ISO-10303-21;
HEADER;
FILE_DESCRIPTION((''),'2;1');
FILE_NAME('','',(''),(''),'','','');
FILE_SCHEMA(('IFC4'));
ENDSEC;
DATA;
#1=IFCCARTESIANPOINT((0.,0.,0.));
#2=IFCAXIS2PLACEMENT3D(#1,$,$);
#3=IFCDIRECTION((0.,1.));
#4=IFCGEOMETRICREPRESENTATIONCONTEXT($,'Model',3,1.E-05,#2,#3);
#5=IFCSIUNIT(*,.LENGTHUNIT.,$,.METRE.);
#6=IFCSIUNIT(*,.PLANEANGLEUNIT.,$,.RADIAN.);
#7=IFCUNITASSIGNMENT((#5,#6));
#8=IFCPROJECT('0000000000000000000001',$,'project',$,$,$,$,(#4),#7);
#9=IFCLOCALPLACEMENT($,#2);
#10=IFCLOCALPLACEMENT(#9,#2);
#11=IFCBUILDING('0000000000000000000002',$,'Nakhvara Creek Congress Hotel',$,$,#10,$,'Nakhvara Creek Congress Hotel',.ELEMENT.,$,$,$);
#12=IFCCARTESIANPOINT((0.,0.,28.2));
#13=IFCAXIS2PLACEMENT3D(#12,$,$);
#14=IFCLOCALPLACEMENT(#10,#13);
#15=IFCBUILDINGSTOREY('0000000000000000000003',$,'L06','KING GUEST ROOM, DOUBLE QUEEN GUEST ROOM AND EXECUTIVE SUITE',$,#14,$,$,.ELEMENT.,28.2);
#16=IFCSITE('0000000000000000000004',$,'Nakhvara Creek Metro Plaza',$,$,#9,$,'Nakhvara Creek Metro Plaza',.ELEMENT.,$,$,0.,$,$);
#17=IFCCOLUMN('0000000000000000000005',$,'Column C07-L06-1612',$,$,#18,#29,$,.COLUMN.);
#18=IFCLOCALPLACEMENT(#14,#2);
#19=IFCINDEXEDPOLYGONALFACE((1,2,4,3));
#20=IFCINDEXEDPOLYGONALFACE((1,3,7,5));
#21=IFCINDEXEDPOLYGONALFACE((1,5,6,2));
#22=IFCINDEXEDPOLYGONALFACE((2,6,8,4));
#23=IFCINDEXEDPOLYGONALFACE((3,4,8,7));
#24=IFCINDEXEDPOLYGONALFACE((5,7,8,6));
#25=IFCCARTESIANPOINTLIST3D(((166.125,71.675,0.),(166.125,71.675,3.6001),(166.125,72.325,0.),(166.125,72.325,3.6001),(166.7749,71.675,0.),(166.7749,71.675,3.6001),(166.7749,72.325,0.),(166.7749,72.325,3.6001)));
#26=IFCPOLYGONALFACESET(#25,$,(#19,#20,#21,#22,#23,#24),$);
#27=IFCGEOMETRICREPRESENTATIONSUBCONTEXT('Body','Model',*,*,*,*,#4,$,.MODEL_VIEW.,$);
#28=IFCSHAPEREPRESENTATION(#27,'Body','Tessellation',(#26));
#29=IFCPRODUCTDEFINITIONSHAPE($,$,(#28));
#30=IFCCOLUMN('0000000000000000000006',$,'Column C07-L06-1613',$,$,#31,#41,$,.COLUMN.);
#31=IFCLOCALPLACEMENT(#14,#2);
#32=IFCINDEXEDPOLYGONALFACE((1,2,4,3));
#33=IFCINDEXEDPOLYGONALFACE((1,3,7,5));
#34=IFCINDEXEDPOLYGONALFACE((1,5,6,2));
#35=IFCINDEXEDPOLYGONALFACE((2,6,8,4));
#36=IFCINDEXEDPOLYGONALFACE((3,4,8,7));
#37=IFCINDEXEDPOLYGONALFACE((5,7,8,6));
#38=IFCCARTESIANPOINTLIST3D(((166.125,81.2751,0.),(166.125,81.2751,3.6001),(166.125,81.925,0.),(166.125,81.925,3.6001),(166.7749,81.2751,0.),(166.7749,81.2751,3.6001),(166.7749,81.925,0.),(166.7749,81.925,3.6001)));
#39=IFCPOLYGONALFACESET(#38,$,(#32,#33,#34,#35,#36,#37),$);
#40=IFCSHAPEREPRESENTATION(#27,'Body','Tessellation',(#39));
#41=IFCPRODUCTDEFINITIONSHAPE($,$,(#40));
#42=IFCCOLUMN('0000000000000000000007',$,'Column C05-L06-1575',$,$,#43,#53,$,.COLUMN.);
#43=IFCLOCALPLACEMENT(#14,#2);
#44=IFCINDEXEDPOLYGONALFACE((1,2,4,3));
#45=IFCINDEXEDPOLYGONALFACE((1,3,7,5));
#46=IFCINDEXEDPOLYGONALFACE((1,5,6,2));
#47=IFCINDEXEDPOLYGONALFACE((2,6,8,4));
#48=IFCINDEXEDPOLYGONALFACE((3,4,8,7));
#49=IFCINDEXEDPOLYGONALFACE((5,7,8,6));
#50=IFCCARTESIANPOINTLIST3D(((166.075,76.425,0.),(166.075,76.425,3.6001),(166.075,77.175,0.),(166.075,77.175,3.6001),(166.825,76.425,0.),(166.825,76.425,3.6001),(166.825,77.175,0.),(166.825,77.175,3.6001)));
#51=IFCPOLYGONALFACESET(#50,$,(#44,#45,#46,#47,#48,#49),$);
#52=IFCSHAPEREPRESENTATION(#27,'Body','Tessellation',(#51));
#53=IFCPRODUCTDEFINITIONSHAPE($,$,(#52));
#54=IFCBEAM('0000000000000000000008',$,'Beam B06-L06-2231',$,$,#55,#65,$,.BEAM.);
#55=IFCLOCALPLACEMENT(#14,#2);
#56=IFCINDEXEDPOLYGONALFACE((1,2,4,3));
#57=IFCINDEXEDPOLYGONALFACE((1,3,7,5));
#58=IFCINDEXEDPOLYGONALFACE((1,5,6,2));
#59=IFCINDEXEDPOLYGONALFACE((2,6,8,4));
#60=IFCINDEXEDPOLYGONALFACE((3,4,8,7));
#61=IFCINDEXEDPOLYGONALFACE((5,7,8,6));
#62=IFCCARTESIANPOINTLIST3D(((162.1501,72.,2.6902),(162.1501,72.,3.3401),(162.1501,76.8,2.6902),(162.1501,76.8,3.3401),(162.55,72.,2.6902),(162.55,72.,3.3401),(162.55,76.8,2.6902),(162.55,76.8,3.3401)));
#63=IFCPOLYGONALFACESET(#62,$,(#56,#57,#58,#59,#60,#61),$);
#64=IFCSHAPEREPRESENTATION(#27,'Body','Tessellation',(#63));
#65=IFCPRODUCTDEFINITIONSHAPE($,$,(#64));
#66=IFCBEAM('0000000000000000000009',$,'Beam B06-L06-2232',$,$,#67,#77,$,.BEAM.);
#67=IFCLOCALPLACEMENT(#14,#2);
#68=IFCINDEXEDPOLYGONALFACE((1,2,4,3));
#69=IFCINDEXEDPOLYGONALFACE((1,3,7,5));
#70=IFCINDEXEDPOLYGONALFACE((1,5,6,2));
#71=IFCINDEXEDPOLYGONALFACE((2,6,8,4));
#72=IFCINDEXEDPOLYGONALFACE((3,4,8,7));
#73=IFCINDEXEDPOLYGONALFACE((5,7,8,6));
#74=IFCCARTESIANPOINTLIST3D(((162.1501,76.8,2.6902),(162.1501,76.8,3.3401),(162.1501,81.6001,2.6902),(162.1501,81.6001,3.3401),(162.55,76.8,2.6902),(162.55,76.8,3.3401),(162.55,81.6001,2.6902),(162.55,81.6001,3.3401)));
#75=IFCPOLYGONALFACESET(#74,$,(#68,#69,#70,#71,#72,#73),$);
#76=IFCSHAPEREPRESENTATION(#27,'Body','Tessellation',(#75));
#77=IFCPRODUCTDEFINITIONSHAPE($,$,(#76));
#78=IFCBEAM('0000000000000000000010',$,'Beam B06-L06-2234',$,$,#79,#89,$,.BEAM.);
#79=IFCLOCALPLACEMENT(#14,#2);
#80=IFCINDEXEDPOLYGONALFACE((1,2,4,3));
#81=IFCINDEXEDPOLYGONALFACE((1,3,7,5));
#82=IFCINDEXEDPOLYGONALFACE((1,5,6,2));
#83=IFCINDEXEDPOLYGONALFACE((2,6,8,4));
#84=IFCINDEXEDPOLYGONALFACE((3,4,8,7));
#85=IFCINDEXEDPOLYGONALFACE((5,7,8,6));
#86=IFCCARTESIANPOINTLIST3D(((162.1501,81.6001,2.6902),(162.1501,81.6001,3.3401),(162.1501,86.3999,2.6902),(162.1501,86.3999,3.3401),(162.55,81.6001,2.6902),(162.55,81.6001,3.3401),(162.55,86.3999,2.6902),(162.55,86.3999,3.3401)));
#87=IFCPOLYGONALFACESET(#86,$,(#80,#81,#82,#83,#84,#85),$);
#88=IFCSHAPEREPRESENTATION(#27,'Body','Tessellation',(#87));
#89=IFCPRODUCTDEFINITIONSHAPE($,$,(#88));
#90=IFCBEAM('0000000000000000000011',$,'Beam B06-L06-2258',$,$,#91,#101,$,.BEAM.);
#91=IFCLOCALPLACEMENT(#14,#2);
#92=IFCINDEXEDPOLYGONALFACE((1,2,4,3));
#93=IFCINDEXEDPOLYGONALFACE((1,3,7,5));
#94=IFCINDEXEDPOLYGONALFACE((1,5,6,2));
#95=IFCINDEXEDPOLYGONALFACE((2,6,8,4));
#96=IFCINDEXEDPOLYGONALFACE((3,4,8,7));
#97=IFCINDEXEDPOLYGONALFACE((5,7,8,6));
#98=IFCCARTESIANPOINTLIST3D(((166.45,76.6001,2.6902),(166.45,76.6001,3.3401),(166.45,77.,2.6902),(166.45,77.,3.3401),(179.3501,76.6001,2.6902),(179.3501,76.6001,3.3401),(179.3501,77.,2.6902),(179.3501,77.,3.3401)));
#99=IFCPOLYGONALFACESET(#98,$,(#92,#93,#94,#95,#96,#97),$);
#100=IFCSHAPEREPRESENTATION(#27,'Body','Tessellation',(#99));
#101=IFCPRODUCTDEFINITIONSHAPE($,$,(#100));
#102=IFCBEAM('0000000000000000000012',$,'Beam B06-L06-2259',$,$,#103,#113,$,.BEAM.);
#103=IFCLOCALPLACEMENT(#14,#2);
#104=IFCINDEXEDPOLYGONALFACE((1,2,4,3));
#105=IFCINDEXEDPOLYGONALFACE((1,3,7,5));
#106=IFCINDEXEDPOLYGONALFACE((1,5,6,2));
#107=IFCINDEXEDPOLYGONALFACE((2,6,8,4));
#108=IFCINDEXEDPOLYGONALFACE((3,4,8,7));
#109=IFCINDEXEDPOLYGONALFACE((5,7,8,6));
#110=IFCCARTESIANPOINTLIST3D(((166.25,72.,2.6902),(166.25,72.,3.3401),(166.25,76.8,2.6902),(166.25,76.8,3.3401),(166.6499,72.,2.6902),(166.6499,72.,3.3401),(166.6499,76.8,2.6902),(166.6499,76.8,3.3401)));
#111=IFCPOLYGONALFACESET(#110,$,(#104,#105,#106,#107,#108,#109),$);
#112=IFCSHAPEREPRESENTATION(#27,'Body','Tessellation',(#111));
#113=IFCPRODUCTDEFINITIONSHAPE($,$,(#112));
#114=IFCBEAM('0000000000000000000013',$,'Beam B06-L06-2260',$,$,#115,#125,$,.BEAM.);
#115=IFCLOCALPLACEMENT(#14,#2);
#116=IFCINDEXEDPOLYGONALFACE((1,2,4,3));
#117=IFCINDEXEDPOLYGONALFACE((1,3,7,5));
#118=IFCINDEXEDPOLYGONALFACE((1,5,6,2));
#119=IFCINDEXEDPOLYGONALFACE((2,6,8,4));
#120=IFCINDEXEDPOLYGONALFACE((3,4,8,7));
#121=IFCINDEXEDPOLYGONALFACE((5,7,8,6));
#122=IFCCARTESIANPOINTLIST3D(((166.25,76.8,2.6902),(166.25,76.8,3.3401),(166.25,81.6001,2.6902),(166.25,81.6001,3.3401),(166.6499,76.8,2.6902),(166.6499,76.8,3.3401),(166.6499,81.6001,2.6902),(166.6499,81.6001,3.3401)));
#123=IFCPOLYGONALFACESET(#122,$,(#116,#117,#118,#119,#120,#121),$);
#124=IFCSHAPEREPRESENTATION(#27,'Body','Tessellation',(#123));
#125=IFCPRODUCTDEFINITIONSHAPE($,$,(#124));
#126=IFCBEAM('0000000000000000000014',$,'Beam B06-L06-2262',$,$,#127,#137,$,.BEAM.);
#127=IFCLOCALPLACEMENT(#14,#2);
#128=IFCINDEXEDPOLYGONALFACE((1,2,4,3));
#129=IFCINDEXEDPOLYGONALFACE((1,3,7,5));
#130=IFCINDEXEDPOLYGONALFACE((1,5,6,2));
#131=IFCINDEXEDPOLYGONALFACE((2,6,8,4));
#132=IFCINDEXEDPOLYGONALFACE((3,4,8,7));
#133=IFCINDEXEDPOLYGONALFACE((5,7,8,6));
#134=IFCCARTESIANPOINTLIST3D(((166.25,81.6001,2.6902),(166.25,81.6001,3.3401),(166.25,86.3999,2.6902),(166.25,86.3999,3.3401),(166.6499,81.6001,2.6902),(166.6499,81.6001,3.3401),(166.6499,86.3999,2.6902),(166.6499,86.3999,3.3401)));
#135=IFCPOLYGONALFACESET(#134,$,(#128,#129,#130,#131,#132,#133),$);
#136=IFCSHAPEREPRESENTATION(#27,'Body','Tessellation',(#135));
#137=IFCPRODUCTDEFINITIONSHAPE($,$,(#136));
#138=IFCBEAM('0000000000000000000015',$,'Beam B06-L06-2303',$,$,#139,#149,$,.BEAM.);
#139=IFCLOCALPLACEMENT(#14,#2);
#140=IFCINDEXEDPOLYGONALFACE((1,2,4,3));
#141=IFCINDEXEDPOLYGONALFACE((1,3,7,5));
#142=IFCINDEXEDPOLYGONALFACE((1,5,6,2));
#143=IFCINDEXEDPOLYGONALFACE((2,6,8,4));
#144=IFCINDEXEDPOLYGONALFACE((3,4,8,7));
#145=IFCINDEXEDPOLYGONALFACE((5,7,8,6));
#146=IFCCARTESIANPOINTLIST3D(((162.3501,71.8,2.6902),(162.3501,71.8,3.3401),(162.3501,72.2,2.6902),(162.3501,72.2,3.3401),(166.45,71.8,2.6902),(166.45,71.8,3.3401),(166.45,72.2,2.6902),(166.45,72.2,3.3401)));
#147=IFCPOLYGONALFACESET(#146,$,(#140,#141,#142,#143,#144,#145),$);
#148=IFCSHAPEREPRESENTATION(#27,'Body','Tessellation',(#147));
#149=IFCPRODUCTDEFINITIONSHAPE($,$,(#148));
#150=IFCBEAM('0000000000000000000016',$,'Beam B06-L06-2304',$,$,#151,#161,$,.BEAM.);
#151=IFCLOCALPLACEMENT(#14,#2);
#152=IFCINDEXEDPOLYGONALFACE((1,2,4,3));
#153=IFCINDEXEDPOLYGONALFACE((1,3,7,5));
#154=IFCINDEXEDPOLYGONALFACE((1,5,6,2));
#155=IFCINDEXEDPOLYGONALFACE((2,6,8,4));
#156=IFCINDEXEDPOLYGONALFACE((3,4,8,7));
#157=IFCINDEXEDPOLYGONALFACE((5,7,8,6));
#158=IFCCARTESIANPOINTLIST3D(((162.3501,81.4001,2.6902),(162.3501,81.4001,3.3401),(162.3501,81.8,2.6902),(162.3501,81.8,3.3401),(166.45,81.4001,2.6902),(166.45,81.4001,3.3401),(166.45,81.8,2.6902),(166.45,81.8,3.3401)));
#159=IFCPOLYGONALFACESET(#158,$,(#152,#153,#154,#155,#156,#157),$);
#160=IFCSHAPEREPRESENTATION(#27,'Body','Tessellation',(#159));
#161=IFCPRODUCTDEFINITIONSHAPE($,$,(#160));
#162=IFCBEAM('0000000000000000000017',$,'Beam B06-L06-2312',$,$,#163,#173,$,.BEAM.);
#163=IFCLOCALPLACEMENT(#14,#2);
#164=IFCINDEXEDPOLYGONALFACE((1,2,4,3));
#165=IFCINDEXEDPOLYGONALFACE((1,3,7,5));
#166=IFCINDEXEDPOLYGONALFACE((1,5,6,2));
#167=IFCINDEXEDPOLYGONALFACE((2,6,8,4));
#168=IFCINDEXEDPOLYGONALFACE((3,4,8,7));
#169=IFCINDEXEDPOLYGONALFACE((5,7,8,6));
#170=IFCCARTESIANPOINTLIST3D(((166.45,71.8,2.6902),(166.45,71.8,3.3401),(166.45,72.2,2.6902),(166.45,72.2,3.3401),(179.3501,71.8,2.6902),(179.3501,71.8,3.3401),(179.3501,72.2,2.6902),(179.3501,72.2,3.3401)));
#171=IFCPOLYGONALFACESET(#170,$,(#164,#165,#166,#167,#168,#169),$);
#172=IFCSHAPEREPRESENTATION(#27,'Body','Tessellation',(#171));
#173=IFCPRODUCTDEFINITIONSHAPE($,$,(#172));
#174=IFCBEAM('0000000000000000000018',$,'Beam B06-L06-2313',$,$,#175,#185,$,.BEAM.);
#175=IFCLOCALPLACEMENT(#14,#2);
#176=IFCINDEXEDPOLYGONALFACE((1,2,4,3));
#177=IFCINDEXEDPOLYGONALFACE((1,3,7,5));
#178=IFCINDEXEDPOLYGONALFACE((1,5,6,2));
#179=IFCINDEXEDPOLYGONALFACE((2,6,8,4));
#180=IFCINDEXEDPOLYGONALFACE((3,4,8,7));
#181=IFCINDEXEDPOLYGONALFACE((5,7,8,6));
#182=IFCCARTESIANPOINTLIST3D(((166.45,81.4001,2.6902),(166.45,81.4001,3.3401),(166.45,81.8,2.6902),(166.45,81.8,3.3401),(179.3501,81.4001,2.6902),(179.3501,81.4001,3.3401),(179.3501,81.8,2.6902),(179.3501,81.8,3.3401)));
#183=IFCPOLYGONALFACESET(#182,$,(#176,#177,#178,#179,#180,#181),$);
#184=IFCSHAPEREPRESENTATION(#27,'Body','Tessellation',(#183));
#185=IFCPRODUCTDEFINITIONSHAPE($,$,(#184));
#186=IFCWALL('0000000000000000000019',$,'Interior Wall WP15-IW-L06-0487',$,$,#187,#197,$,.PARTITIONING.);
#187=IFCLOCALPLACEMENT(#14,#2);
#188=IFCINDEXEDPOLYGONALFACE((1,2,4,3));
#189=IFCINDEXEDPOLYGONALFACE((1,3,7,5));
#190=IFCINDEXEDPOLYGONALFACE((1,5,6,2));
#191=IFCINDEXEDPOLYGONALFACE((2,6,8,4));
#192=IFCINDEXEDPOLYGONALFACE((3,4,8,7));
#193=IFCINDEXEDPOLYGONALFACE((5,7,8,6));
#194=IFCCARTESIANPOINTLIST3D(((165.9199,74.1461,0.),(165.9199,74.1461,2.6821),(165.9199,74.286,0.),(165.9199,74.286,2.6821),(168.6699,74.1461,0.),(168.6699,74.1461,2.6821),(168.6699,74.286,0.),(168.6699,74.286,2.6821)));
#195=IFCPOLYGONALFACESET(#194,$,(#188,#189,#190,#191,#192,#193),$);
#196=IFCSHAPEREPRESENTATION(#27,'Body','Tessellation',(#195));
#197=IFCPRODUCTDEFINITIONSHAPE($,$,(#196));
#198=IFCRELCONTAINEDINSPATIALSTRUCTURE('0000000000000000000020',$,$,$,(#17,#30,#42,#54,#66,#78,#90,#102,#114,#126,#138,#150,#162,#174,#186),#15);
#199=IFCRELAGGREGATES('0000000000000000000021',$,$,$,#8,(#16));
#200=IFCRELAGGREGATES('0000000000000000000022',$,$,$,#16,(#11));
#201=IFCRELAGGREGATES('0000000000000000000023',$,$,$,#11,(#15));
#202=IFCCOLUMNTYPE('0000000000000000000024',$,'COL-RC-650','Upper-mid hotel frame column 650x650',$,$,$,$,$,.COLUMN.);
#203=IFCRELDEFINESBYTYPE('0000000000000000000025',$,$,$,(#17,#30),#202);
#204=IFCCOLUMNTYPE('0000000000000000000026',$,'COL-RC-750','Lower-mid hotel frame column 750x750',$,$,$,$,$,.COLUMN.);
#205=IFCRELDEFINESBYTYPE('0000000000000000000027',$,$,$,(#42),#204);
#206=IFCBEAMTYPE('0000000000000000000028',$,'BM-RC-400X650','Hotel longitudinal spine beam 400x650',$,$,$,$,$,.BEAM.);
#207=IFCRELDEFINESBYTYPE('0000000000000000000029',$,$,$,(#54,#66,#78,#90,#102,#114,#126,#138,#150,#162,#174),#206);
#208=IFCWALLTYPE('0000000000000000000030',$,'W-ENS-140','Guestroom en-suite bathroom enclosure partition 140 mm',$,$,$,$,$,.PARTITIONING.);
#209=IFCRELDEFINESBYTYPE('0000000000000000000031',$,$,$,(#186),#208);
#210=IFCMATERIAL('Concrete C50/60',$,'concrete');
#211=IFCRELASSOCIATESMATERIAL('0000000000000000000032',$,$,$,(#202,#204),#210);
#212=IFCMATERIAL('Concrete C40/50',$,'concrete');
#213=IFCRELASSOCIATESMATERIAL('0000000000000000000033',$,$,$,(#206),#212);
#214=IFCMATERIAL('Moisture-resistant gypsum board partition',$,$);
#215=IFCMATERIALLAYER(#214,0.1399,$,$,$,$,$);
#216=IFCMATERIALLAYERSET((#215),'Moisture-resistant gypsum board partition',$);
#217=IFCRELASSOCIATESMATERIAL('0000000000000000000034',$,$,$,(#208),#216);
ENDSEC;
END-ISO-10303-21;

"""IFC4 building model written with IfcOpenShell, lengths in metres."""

from ifc_helpers import new_model, si_unit, direction, frame, frame_2d, origin, origin_2d, place, context, subcontext, project, spatial, rectangle, extrude, material, layer, layer_set, material_profile, profile_set, type_object, element, save


model = new_model("IFC4")

# Units and contexts
model_context = context("Model", 3, precision=1e-05, world=origin(), true_north=direction((0.0, 1.0)))
body_context = subcontext(model_context, "Body", "Model", "MODEL_VIEW")
ifc_project = project(units=[si_unit("LENGTHUNIT", "METRE"), si_unit("PLANEANGLEUNIT", "RADIAN")], contexts=[model_context])

# Site, building, storey
site_placement = place(None, origin())
site = spatial("IfcSite", under=ifc_project, at=site_placement, Name="Nakhvara Creek Metro Plaza", LongName="Nakhvara Creek Metro Plaza", CompositionType="ELEMENT", RefElevation=0.0)
building_placement = place(site_placement, origin())
building = spatial("IfcBuilding", under=site, at=building_placement, Name="Nakhvara Creek Congress Hotel", LongName="Nakhvara Creek Congress Hotel", CompositionType="ELEMENT")
storey_placement = place(building_placement, frame((0.0, 0.0, 28.2)))
storey = spatial("IfcBuildingStorey", under=building, at=storey_placement, Name="L06", Description="KING GUEST ROOM, DOUBLE QUEEN GUEST ROOM AND EXECUTIVE SUITE", CompositionType="ELEMENT", Elevation=28.2)

# Columns
ifc_material_1 = material(Name="Concrete C50/60", Category="concrete")
ifc_material_profile_1 = material_profile(ifc_material_1, rectangle(XDim=0.6499, YDim=0.6499, at=origin_2d()), Name="RC-COL 650x650", Category="LoadBearing")
ifc_profile_set_1 = profile_set([ifc_material_profile_1], Name="Concrete C50/60")
column_type_1 = type_object("IfcColumnType", Name="COL-RC-650", Description="Upper-mid hotel frame column 650x650", PredefinedType="COLUMN", material=ifc_profile_set_1)
for number, where, z_axis, x_axis, name in (
    (1, (166.45, 72.0, 0.0), (0.0, 0.0, 1.0), (1.0, 0.0, 0.0), "Column C07-L06-1612"),
    (2, (166.45, 81.6001, 0.0), (0.0, 0.0, 1.0), (1.0, 0.0, 0.0), "Column C07-L06-1613"),
):
    element("IfcColumn", number, at=place(storey_placement, frame(where, z_axis=z_axis, x_axis=x_axis)), inside=storey, type_object=column_type_1, Name=name, PredefinedType="COLUMN", context=body_context, shape_type="SweptSolid", body=[
        extrude(rectangle(XDim=0.6499, YDim=0.6499, at=origin_2d()), origin(), (0.0, 0.0, 1.0), 3.6001),
    ])
ifc_material_profile_2 = material_profile(ifc_material_1, rectangle(XDim=0.75, YDim=0.75, at=origin_2d()), Name="RC-COL 750x750", Category="LoadBearing")
ifc_profile_set_2 = profile_set([ifc_material_profile_2], Name="Concrete C50/60")
column_type_2 = type_object("IfcColumnType", Name="COL-RC-750", Description="Lower-mid hotel frame column 750x750", PredefinedType="COLUMN", material=ifc_profile_set_2)
column_placement = place(storey_placement, frame((166.45, 76.8, 0.0), z_axis=(0.0, 0.0, 1.0), x_axis=(1.0, 0.0, 0.0)))
element("IfcColumn", 3, at=column_placement, inside=storey, type_object=column_type_2, Name="Column C05-L06-1575", PredefinedType="COLUMN", context=body_context, shape_type="SweptSolid", body=[
    extrude(rectangle(XDim=0.75, YDim=0.75, at=origin_2d()), origin(), (0.0, 0.0, 1.0), 3.6001),
])

# Beams
ifc_material_2 = material(Name="Concrete C40/50", Category="concrete")
ifc_material_profile_3 = material_profile(ifc_material_2, rectangle(XDim=0.3999, YDim=0.6499, at=origin_2d()), Name="RC-BM 400x650", Category="LoadBearing")
ifc_profile_set_3 = profile_set([ifc_material_profile_3], Name="Concrete C40/50")
beam_type = type_object("IfcBeamType", Name="BM-RC-400X650", Description="Hotel longitudinal spine beam 400x650", PredefinedType="BEAM", material=ifc_profile_set_3)
for number, where, z_axis, x_axis, name in (
    (4, (162.3501, 72.0, 3.0151), (0.0, 1.0, 0.0), (-1.0, 0.0, 0.0), "Beam B06-L06-2231"),
    (5, (162.3501, 76.8, 3.0151), (0.0, 1.0, 0.0), (-1.0, 0.0, 0.0), "Beam B06-L06-2232"),
):
    element("IfcBeam", number, at=place(storey_placement, frame(where, z_axis=z_axis, x_axis=x_axis)), inside=storey, type_object=beam_type, Name=name, PredefinedType="BEAM", context=body_context, shape_type="SweptSolid", body=[
        extrude(rectangle(XDim=0.3999, YDim=0.6499, at=origin_2d()), origin(), (0.0, 0.0, 1.0), 4.8),
    ])
beam_1_placement = place(storey_placement, frame((162.3501, 81.6001, 3.0151), z_axis=(0.0, 1.0, 0.0), x_axis=(-1.0, 0.0, 0.0)))
element("IfcBeam", 6, at=beam_1_placement, inside=storey, type_object=beam_type, Name="Beam B06-L06-2234", PredefinedType="BEAM", context=body_context, shape_type="SweptSolid", body=[
    extrude(rectangle(XDim=0.3999, YDim=0.6499, at=origin_2d()), origin(), (0.0, 0.0, 1.0), 4.7998),
])
beam_2_placement = place(storey_placement, frame((166.45, 76.8, 3.0151), z_axis=(1.0, 0.0, 0.0), x_axis=(0.0, 1.0, 0.0)))
element("IfcBeam", 7, at=beam_2_placement, inside=storey, type_object=beam_type, Name="Beam B06-L06-2258", PredefinedType="BEAM", context=body_context, shape_type="SweptSolid", body=[
    extrude(rectangle(XDim=0.3999, YDim=0.6499, at=origin_2d()), origin(), (0.0, 0.0, 1.0), 12.9001),
])
for number, where, z_axis, x_axis, name in (
    (8, (166.45, 72.0, 3.0151), (0.0, 1.0, 0.0), (-1.0, 0.0, 0.0), "Beam B06-L06-2259"),
    (9, (166.45, 76.8, 3.0151), (0.0, 1.0, 0.0), (-1.0, 0.0, 0.0), "Beam B06-L06-2260"),
):
    element("IfcBeam", number, at=place(storey_placement, frame(where, z_axis=z_axis, x_axis=x_axis)), inside=storey, type_object=beam_type, Name=name, PredefinedType="BEAM", context=body_context, shape_type="SweptSolid", body=[
        extrude(rectangle(XDim=0.3999, YDim=0.6499, at=origin_2d()), origin(), (0.0, 0.0, 1.0), 4.8),
    ])
beam_3_placement = place(storey_placement, frame((166.45, 81.6001, 3.0151), z_axis=(0.0, 1.0, 0.0), x_axis=(-1.0, 0.0, 0.0)))
element("IfcBeam", 10, at=beam_3_placement, inside=storey, type_object=beam_type, Name="Beam B06-L06-2262", PredefinedType="BEAM", context=body_context, shape_type="SweptSolid", body=[
    extrude(rectangle(XDim=0.3999, YDim=0.6499, at=origin_2d()), origin(), (0.0, 0.0, 1.0), 4.7998),
])
for number, where, z_axis, x_axis, name in (
    (11, (162.3501, 72.0, 3.0151), (1.0, 0.0, 0.0), (0.0, 1.0, 0.0), "Beam B06-L06-2303"),
    (12, (162.3501, 81.6001, 3.0151), (1.0, 0.0, 0.0), (0.0, 1.0, 0.0), "Beam B06-L06-2304"),
):
    element("IfcBeam", number, at=place(storey_placement, frame(where, z_axis=z_axis, x_axis=x_axis)), inside=storey, type_object=beam_type, Name=name, PredefinedType="BEAM", context=body_context, shape_type="SweptSolid", body=[
        extrude(rectangle(XDim=0.3999, YDim=0.6499, at=origin_2d()), origin(), (0.0, 0.0, 1.0), 4.0999),
    ])
for number, where, z_axis, x_axis, name in (
    (13, (166.45, 72.0, 3.0151), (1.0, 0.0, 0.0), (0.0, 1.0, 0.0), "Beam B06-L06-2312"),
    (14, (166.45, 81.6001, 3.0151), (1.0, 0.0, 0.0), (0.0, 1.0, 0.0), "Beam B06-L06-2313"),
):
    element("IfcBeam", number, at=place(storey_placement, frame(where, z_axis=z_axis, x_axis=x_axis)), inside=storey, type_object=beam_type, Name=name, PredefinedType="BEAM", context=body_context, shape_type="SweptSolid", body=[
        extrude(rectangle(XDim=0.3999, YDim=0.6499, at=origin_2d()), origin(), (0.0, 0.0, 1.0), 12.9001),
    ])

# Shared definitions
ifc_material_3 = material(Name="Moisture-resistant gypsum board partition")
ifc_layer_1 = layer(ifc_material_3, 0.1399)
ifc_layer_set_1 = layer_set([ifc_layer_1], Name="Moisture-resistant gypsum board partition")
wall_type_1 = type_object("IfcWallType", Name="W-ENS-140", Description="Guestroom en-suite bathroom enclosure partition 140 mm", PredefinedType="PARTITIONING", material=ifc_layer_set_1)

# Wall
wall_1_placement = place(storey_placement, frame((165.9199, 74.2161, 0.0), z_axis=(0.0, 0.0, 1.0), x_axis=(1.0, 0.0, 0.0)))
element("IfcWall", 15, at=wall_1_placement, inside=storey, type_object=wall_type_1, Name="Interior Wall WP15-IW-L06-0487", PredefinedType="PARTITIONING", context=body_context, shape_type="SweptSolid", body=[
    extrude(rectangle(XDim=2.75, YDim=0.1399, at=frame_2d((1.375, 0.0))), origin(), (0.0, 0.0, 1.0), 2.6821),
])

save(model, "model.ifc")
